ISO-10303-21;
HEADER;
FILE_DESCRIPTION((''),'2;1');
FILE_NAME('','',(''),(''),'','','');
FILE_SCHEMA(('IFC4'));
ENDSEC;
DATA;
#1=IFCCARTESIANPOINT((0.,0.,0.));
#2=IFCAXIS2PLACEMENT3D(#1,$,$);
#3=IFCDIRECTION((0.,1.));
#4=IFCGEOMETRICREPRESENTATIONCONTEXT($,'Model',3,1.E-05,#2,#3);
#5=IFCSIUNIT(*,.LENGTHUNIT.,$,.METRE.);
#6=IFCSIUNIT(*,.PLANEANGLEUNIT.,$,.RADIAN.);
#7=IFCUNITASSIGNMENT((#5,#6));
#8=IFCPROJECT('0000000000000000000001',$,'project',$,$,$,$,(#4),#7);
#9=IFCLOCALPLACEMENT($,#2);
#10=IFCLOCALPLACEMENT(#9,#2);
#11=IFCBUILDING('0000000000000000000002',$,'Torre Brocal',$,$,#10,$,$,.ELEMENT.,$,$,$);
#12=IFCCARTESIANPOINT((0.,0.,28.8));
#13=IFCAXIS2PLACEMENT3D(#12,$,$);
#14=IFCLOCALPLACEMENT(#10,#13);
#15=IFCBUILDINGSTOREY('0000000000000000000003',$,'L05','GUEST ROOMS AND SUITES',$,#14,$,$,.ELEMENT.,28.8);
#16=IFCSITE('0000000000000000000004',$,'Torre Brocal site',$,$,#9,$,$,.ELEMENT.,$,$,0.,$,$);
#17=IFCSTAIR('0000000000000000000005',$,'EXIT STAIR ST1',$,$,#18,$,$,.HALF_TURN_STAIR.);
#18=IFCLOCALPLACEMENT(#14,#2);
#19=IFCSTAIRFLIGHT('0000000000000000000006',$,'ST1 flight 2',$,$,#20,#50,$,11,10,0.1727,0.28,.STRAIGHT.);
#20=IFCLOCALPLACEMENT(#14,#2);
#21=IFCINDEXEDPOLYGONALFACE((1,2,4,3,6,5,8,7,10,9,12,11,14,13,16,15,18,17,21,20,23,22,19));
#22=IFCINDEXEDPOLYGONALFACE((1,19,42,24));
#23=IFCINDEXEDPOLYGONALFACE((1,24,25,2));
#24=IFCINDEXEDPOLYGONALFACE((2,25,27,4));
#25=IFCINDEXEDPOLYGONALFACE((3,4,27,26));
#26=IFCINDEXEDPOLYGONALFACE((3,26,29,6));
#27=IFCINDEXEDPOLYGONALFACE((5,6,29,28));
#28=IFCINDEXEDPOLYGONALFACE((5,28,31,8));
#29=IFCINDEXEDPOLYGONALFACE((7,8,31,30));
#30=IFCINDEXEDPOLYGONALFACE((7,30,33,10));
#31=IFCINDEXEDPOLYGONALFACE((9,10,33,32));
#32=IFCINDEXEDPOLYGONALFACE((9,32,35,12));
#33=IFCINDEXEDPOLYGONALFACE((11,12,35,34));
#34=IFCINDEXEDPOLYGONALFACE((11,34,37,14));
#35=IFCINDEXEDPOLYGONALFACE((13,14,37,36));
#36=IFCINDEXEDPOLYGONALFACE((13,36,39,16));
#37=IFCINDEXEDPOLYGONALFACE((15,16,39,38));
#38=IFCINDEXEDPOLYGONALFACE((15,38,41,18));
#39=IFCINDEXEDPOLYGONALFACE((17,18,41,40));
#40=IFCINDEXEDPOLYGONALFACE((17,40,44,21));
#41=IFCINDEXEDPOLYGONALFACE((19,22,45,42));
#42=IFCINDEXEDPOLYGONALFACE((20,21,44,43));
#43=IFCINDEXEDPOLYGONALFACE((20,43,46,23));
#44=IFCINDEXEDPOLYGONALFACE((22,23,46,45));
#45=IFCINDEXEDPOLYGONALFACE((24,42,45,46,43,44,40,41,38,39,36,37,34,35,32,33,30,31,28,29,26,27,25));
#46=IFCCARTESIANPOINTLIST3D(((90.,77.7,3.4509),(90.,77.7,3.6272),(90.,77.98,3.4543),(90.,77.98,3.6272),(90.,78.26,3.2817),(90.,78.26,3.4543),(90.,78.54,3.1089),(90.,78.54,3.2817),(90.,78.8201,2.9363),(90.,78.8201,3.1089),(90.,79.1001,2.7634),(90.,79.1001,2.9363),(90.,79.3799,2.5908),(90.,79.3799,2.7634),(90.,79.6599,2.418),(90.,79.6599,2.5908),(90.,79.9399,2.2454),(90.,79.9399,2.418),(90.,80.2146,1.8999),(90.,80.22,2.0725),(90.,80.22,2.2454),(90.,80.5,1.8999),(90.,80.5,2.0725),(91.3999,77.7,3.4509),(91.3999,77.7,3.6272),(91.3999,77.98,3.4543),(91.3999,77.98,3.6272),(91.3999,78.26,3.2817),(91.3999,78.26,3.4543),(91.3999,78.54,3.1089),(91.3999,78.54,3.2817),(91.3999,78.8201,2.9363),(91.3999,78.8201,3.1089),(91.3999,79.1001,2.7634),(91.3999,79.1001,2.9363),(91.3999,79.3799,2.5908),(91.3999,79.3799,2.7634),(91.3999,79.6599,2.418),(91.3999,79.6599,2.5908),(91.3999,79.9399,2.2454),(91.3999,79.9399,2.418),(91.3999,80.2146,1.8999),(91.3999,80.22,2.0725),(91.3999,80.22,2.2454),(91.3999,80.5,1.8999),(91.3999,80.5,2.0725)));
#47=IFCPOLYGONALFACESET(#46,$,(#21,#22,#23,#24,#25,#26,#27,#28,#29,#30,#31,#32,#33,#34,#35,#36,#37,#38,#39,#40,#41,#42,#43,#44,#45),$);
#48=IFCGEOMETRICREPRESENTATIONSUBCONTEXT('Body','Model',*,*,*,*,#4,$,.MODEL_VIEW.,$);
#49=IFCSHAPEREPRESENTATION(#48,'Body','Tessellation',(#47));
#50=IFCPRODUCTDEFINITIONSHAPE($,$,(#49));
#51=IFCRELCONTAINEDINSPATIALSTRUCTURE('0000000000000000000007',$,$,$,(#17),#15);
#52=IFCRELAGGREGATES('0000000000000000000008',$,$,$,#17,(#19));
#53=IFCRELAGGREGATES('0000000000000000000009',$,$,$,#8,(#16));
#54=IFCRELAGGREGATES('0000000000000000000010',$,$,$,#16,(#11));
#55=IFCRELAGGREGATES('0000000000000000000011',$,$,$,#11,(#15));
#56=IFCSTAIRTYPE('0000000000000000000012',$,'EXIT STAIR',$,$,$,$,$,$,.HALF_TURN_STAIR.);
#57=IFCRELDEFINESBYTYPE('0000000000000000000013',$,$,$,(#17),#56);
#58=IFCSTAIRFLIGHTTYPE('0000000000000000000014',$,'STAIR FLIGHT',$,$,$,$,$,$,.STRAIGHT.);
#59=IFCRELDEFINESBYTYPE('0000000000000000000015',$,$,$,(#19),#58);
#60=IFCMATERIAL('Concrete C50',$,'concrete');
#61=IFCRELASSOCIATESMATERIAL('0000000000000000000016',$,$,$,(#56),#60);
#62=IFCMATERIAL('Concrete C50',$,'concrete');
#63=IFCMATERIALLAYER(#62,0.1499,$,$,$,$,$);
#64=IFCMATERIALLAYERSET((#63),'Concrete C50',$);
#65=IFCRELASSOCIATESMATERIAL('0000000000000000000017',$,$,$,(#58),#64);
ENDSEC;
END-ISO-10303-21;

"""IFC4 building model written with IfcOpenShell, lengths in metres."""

from ifc_helpers import new_model, si_unit, direction, frame, origin, place, context, subcontext, project, spatial, polyline, outline, extrude, material, layer, layer_set, type_object, element, aggregate, save


model = new_model("IFC4")

# Units and contexts
model_context = context("Model", 3, precision=1e-05, world=origin(), true_north=direction((0.0, 1.0)))
body_context = subcontext(model_context, "Body", "Model", "MODEL_VIEW")
ifc_project = project(units=[si_unit("LENGTHUNIT", "METRE"), si_unit("PLANEANGLEUNIT", "RADIAN")], contexts=[model_context])

# Site, building, storey
site_placement = place(None, origin())
site = spatial("IfcSite", under=ifc_project, at=site_placement, Name="Torre Brocal site", CompositionType="ELEMENT", RefElevation=0.0)
building_placement = place(site_placement, origin())
building = spatial("IfcBuilding", under=site, at=building_placement, Name="Torre Brocal", CompositionType="ELEMENT")
storey_placement = place(building_placement, frame((0.0, 0.0, 28.8)))
storey = spatial("IfcBuildingStorey", under=building, at=storey_placement, Name="L05", Description="GUEST ROOMS AND SUITES", CompositionType="ELEMENT", Elevation=28.8)

# Stair, stair flight
ifc_material_1 = material(Name="Concrete C50", Category="concrete")
stair_type = type_object("IfcStairType", Name="EXIT STAIR", PredefinedType="HALF_TURN_STAIR", material=ifc_material_1)
stair_placement = place(storey_placement, origin())
stair = element("IfcStair", 1, at=stair_placement, inside=storey, type_object=stair_type, Name="EXIT STAIR ST1", PredefinedType="HALF_TURN_STAIR")
ifc_material_2 = material(Name="Concrete C50", Category="concrete")
ifc_layer_1 = layer(ifc_material_2, 0.1499)
ifc_layer_set_1 = layer_set([ifc_layer_1], Name="Concrete C50")
stair_flight_type = type_object("IfcStairFlightType", Name="STAIR FLIGHT", PredefinedType="STRAIGHT", material=ifc_layer_set_1)
stair_flight_1_placement = place(storey_placement, frame((90.7, 80.5, 1.8999), z_axis=(0.0, 0.0, 1.0), x_axis=(0.0, -1.0, 0.0)))
stair_flight_1 = element("IfcStairFlight", 2, at=stair_flight_1_placement, type_object=stair_flight_type, Name="ST1 flight 2", NumberOfRisers=11, NumberOfTreads=10, PredefinedType="STRAIGHT", RiserHeight=0.1727, TreadLength=0.28, context=body_context, shape_type="SweptSolid", body=[
    extrude(outline(polyline([(0.0, 0.0), (0.0, 0.1726), (0.28, 0.1726), (0.28, 0.3455), (0.5601, 0.3455), (0.5601, 0.5181), (0.8401, 0.5181), (0.8401, 0.6909), (1.1201, 0.6909), (1.1201, 0.8635), (1.3999, 0.8635), (1.3999, 1.0364), (1.6799, 1.0364), (1.6799, 1.209), (1.96, 1.209), (1.96, 1.3818), (2.24, 1.3818), (2.24, 1.5544), (2.52, 1.5544), (2.52, 1.7273), (2.8, 1.7273), (2.8, 1.8999), (2.8, 1.551), (0.2854, 0.0), (0.0, 0.0)])), frame((0.0, 0.7, 0.0), z_axis=(0.0, -1.0, 0.0), x_axis=(1.0, 0.0, 0.0)), (0.0, 0.0, 1.0), 1.3999),
])
aggregate(stair, [stair_flight_1])

save(model, "model.ifc")
